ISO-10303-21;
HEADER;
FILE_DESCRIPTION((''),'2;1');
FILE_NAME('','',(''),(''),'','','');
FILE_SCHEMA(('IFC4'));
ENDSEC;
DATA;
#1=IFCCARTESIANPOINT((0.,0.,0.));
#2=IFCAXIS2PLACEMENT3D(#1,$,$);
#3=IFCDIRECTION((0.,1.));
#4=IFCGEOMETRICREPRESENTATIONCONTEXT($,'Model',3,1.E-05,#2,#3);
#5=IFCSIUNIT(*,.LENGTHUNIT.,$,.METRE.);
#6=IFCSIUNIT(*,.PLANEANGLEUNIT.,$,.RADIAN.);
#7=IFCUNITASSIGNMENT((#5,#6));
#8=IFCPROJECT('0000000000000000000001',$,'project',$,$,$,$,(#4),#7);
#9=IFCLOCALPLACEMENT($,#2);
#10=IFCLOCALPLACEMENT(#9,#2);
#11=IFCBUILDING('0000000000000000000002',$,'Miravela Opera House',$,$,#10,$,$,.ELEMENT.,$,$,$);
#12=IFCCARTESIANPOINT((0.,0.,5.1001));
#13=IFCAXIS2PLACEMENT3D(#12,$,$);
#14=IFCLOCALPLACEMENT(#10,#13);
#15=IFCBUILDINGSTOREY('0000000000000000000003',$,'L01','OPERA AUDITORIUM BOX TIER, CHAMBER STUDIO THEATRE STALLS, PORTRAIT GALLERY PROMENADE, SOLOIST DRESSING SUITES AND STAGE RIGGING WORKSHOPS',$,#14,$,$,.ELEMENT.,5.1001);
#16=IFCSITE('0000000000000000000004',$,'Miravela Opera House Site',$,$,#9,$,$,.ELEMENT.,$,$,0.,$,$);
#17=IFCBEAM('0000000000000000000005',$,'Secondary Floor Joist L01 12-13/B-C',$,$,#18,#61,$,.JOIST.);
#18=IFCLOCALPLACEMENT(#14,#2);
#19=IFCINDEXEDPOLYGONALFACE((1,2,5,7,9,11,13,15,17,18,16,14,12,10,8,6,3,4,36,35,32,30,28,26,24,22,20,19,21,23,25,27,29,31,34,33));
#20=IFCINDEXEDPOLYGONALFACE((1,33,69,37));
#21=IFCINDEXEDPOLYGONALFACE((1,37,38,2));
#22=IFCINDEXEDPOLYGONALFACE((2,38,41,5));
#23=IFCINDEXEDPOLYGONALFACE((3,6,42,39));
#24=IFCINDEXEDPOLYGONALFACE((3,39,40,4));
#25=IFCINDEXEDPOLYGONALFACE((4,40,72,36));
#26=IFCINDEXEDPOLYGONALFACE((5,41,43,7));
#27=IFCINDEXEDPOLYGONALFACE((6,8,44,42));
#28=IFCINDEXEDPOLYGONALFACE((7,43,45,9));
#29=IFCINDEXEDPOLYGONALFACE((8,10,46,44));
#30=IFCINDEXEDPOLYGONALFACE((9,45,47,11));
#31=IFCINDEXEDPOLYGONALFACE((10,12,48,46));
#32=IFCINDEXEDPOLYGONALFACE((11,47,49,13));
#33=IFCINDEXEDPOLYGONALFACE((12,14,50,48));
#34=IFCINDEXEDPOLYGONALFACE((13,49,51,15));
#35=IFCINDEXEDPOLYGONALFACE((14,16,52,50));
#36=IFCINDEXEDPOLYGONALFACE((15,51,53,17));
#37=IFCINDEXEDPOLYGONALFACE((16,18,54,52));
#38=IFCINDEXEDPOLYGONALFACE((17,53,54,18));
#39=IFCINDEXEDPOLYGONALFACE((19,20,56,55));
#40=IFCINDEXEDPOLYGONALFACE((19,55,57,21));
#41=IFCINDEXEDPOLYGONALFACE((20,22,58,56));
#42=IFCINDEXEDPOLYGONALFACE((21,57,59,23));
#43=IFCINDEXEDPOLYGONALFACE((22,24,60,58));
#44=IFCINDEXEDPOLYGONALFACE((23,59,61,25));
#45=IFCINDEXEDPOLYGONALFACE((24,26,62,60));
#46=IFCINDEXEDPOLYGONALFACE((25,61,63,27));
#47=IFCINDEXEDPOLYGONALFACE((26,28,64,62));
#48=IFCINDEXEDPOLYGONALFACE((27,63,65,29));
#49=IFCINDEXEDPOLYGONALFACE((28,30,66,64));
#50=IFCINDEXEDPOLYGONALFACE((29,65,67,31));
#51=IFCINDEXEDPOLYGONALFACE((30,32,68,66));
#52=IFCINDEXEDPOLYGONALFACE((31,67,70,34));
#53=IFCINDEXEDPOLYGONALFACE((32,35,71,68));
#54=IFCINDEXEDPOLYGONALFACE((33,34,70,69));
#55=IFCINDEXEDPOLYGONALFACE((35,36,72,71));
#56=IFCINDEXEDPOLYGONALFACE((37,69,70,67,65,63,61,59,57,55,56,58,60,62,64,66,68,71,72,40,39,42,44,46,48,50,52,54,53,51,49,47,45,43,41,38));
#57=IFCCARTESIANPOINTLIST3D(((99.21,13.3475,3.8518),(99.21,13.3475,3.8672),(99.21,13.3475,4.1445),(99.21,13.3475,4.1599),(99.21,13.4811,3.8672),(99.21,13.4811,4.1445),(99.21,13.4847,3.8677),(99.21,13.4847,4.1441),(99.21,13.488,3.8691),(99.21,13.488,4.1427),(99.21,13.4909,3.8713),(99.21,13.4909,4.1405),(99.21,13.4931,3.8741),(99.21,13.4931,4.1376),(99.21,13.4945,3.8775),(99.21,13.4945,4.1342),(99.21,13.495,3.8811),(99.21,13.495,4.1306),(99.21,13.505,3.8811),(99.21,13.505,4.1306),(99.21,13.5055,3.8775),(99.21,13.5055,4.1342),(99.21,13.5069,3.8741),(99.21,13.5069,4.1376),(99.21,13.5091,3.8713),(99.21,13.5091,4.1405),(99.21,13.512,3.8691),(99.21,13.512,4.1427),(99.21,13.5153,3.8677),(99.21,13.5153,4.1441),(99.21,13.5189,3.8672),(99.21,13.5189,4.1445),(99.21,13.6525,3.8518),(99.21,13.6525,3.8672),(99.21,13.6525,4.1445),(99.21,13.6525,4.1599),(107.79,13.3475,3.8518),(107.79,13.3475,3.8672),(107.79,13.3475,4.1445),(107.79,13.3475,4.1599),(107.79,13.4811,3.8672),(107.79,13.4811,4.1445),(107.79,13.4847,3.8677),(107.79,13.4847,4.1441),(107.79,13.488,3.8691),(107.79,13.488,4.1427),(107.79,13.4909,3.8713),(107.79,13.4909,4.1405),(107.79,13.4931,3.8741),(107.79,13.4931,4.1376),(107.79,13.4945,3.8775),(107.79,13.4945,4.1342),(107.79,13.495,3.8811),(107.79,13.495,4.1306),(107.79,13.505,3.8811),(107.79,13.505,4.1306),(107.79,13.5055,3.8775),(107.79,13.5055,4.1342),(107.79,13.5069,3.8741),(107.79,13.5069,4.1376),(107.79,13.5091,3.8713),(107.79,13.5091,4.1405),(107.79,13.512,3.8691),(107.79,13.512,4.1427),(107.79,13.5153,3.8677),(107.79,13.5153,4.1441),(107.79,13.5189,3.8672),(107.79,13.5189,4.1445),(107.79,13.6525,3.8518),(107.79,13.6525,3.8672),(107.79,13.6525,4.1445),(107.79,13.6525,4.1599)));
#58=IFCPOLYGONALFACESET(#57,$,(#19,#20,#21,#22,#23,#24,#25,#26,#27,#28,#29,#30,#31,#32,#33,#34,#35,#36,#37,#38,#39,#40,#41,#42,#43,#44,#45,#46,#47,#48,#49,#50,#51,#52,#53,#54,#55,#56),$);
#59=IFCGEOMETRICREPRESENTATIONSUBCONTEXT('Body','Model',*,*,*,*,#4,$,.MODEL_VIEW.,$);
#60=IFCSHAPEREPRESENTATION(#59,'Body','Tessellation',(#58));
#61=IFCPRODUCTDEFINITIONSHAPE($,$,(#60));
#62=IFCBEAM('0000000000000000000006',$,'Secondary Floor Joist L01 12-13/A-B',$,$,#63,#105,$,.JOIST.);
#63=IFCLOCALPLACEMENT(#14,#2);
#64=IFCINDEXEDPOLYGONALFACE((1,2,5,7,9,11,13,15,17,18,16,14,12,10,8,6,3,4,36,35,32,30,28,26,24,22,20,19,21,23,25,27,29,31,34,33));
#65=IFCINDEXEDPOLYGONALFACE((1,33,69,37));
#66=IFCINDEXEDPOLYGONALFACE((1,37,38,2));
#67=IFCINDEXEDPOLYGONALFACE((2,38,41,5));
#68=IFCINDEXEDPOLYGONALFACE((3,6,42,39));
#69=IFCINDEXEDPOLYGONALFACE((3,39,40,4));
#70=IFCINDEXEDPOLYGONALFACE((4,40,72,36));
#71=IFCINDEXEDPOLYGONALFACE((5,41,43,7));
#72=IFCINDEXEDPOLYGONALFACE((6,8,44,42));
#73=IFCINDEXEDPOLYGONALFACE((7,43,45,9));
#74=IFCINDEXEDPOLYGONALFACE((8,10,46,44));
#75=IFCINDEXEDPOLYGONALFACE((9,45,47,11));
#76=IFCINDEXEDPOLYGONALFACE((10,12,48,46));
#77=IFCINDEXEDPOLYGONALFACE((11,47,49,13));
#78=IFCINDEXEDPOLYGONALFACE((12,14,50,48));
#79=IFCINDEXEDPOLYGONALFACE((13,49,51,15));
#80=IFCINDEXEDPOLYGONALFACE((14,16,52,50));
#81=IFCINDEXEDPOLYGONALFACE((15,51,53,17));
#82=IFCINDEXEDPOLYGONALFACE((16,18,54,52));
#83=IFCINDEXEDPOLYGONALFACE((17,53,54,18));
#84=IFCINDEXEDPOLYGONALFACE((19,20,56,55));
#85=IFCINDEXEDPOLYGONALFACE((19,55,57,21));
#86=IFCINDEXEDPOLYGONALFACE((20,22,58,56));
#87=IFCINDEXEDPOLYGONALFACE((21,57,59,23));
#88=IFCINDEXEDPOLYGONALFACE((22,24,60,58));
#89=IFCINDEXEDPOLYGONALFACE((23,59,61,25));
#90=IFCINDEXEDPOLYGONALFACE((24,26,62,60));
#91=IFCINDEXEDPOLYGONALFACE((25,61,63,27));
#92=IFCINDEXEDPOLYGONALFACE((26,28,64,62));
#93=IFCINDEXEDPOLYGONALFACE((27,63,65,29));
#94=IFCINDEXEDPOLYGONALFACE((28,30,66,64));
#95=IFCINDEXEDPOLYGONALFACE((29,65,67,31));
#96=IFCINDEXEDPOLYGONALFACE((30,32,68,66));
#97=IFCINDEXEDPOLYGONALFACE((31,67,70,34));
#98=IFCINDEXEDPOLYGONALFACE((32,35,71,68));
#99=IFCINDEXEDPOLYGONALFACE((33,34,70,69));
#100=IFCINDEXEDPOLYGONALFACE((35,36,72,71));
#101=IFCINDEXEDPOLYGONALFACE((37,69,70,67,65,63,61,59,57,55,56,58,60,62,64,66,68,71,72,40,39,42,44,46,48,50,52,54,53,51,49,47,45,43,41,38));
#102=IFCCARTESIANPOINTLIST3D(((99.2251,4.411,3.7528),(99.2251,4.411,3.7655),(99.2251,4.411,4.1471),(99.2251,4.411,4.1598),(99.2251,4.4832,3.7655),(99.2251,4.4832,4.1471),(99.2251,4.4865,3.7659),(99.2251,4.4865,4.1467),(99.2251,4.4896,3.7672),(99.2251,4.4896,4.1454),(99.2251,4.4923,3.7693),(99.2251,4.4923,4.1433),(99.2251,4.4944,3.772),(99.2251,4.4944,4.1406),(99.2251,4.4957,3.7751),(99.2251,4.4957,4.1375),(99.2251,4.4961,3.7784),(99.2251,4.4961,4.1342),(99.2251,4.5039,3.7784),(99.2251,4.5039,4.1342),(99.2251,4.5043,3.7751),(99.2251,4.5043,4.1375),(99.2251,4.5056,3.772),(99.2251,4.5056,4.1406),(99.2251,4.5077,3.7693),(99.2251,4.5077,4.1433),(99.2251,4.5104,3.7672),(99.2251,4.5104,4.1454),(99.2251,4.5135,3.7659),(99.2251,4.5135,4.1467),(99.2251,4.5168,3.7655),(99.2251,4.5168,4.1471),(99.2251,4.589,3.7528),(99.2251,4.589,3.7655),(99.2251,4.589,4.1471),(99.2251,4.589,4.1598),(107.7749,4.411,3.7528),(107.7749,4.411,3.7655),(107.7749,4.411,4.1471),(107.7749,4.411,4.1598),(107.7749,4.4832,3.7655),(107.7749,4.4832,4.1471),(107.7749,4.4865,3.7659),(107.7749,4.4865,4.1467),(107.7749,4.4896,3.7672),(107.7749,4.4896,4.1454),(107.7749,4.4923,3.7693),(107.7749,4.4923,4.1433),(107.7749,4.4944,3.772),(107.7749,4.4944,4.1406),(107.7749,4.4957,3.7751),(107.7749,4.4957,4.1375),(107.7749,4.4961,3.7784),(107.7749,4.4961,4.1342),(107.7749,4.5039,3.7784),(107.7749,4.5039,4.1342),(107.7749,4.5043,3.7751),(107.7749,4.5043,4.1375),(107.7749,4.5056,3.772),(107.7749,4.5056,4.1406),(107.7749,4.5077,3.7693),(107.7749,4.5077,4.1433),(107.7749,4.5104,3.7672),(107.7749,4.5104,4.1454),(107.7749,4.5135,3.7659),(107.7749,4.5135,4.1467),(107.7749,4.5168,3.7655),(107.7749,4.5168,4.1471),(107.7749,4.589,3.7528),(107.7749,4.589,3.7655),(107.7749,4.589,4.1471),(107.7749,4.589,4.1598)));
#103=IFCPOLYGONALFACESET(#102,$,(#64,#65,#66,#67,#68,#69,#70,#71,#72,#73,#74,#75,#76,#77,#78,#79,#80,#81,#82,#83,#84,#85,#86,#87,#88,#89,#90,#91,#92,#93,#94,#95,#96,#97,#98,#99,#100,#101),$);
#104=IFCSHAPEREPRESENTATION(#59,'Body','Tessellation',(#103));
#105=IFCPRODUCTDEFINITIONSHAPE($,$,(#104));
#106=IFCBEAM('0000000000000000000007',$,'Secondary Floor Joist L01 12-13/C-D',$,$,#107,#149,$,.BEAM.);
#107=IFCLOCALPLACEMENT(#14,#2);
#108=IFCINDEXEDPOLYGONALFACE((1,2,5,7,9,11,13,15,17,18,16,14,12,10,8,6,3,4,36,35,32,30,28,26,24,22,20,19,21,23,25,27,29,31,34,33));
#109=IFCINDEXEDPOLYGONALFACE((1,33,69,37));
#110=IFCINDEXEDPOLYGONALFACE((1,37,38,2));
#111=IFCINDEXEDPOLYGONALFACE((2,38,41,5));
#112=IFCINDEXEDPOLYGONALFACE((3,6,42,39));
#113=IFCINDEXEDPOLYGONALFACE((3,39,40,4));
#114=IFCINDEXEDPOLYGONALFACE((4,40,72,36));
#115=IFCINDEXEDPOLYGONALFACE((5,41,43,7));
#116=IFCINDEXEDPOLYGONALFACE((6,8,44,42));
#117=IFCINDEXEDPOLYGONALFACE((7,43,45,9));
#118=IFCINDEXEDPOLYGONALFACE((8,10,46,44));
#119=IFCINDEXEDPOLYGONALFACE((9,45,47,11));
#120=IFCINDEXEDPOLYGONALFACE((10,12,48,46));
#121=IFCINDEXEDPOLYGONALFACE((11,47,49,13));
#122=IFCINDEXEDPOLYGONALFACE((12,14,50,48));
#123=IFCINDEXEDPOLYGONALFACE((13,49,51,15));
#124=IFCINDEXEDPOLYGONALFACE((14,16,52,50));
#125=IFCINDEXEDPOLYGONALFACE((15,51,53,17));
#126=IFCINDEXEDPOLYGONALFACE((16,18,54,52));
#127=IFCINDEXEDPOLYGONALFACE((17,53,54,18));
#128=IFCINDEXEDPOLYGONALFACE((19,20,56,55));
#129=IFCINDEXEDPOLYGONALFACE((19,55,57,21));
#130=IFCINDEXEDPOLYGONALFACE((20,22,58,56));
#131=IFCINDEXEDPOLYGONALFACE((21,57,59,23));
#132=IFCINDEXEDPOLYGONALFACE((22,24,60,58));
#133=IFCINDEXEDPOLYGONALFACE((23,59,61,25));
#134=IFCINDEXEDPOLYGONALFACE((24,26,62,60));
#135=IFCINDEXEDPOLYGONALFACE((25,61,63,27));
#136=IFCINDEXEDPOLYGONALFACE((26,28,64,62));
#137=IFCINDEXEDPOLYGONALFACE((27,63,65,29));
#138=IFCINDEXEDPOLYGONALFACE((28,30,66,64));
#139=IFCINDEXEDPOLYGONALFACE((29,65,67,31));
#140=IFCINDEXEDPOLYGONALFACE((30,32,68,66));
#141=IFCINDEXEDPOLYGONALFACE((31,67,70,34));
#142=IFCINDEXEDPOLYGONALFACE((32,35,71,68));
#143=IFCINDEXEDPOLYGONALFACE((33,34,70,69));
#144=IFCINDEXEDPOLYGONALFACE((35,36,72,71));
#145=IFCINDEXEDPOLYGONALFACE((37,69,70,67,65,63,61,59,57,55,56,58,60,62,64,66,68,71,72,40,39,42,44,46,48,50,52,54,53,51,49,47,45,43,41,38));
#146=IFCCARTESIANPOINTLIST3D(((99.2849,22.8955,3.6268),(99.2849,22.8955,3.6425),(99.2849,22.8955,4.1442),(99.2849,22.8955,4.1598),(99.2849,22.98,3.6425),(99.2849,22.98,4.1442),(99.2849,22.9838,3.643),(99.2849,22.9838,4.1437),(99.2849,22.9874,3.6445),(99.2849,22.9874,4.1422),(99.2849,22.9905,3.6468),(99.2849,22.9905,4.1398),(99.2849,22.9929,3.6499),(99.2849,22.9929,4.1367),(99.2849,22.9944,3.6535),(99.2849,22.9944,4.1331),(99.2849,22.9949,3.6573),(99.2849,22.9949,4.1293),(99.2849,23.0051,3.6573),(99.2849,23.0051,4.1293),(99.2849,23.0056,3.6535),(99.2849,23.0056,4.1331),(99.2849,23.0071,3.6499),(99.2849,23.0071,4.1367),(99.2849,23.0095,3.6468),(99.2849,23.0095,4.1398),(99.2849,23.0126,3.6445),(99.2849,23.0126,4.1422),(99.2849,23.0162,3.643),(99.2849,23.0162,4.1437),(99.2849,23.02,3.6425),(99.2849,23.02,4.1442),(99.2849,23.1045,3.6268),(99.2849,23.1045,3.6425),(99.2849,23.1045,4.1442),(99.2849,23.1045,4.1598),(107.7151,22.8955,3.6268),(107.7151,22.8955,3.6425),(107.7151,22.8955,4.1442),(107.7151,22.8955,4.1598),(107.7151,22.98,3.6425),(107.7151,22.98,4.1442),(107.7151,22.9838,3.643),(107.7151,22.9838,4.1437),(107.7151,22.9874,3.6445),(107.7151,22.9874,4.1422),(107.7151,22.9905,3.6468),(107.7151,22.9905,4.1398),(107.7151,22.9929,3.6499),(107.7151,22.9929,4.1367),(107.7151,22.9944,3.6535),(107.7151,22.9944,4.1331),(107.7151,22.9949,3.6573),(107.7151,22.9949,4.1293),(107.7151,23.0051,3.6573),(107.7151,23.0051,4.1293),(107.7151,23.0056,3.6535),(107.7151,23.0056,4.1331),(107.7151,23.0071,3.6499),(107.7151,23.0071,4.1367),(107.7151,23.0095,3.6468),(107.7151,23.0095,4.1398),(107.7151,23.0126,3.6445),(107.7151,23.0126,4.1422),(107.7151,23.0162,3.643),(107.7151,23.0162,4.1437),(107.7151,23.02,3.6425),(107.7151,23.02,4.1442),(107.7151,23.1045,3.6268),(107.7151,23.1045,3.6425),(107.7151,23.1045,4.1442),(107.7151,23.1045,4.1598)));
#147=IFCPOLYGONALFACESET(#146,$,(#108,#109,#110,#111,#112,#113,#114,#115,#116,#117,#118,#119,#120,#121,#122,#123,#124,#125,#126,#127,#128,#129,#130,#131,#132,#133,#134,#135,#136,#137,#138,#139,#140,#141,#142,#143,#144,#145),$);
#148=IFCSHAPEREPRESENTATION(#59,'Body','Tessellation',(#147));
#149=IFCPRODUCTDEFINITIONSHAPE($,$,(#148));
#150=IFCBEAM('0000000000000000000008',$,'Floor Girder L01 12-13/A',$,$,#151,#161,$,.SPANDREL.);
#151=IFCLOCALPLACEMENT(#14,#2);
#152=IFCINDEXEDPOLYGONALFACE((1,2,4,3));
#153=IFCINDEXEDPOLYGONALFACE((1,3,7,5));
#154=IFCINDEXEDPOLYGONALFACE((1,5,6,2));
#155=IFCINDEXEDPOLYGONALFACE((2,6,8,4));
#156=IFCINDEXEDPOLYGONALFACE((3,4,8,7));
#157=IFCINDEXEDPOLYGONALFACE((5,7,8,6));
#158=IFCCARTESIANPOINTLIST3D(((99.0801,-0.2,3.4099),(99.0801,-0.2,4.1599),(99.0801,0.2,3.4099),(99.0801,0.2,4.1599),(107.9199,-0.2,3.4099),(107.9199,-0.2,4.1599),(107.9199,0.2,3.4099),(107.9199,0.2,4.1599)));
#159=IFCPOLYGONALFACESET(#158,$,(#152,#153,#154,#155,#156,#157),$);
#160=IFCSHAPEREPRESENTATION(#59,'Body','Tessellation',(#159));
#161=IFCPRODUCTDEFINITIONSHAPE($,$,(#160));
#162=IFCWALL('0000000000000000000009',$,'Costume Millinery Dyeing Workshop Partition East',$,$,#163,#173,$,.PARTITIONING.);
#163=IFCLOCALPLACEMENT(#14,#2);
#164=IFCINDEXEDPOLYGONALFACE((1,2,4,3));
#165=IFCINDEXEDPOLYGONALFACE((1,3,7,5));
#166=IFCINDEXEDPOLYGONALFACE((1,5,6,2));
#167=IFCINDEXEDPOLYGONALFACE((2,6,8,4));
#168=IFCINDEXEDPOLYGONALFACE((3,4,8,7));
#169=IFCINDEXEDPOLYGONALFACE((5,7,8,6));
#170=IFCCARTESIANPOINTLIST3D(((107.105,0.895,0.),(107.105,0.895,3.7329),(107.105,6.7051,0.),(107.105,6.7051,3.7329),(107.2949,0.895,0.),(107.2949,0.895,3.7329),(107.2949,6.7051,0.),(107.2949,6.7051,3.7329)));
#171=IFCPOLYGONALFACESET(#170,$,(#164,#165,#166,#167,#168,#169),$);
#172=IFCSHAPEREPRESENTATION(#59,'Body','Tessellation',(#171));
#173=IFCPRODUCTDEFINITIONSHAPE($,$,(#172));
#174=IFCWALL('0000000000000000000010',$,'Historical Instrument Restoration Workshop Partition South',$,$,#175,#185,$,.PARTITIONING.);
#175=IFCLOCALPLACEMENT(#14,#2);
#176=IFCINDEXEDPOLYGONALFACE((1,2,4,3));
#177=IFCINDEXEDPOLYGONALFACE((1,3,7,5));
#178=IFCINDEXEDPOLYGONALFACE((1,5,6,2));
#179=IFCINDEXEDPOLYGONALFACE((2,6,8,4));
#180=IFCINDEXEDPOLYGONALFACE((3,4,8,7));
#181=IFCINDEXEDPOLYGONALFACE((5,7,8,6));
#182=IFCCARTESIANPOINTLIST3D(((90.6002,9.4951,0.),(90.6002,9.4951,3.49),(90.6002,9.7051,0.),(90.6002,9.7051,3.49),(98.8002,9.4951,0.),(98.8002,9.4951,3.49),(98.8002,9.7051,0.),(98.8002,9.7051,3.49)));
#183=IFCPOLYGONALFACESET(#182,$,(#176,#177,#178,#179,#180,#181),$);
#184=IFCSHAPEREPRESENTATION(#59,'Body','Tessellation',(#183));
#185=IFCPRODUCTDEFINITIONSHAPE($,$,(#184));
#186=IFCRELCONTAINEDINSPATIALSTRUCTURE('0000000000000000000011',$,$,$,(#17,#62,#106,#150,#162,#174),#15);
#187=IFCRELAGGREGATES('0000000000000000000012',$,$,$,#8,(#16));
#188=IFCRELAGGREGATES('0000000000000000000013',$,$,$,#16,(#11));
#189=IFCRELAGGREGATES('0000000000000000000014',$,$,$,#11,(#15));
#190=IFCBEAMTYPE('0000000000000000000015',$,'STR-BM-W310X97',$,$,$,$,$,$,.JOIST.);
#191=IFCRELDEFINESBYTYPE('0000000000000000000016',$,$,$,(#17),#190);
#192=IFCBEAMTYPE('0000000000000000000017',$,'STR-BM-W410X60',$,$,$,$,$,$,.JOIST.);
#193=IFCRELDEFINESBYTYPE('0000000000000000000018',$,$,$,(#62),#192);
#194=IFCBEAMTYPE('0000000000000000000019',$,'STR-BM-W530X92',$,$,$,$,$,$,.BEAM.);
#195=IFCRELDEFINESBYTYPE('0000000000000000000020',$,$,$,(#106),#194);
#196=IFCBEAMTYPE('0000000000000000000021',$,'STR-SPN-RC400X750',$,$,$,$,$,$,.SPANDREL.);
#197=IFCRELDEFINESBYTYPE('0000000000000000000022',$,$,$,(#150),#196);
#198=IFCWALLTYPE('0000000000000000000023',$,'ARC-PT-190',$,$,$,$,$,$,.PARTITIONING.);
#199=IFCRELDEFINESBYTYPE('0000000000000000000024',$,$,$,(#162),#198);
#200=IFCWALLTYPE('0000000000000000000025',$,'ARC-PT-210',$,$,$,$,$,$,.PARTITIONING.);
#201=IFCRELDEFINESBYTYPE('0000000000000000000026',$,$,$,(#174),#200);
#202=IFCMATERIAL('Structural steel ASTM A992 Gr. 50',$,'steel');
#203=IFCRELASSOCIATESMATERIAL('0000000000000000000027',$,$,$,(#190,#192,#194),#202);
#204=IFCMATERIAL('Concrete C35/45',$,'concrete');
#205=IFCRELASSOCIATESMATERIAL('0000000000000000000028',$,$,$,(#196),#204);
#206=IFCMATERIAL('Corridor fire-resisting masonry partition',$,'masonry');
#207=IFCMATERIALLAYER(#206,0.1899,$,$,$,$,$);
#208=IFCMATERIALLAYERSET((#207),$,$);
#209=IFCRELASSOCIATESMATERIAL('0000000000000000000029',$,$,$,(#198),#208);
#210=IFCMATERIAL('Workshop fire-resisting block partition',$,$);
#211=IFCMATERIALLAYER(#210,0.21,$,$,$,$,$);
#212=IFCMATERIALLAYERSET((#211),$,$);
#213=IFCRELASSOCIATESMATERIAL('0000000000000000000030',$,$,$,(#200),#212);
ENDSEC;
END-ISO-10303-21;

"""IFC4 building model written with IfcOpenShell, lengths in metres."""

from ifc_helpers import new_model, si_unit, direction, frame, frame_2d, origin, origin_2d, place, context, subcontext, project, spatial, rectangle, i_section, extrude, material, layer, layer_set, material_profile, profile_set, type_object, element, save


model = new_model("IFC4")

# Units and contexts
model_context = context("Model", 3, precision=1e-05, world=origin(), true_north=direction((0.0, 1.0)))
body_context = subcontext(model_context, "Body", "Model", "MODEL_VIEW")
ifc_project = project(units=[si_unit("LENGTHUNIT", "METRE"), si_unit("PLANEANGLEUNIT", "RADIAN")], contexts=[model_context])

# Site, building, storey
site_placement = place(None, origin())
site = spatial("IfcSite", under=ifc_project, at=site_placement, Name="Miravela Opera House Site", CompositionType="ELEMENT", RefElevation=0.0)
building_placement = place(site_placement, origin())
building = spatial("IfcBuilding", under=site, at=building_placement, Name="Miravela Opera House", CompositionType="ELEMENT")
storey_placement = place(building_placement, frame((0.0, 0.0, 5.1001)))
storey = spatial("IfcBuildingStorey", under=building, at=storey_placement, Name="L01", Description="OPERA AUDITORIUM BOX TIER, CHAMBER STUDIO THEATRE STALLS, PORTRAIT GALLERY PROMENADE, SOLOIST DRESSING SUITES AND STAGE RIGGING WORKSHOPS", CompositionType="ELEMENT", Elevation=5.1001)

# Shared definitions
ifc_material_1 = material(Name="Concrete C35/45", Category="concrete")

# Beams
ifc_material_2 = material(Name="Structural steel ASTM A992 Gr. 50", Category="steel")
ifc_material_profile_1 = material_profile(ifc_material_2, i_section(OverallWidth=0.3049, OverallDepth=0.3081, WebThickness=0.01, FlangeThickness=0.0154, FilletRadius=0.0139, at=origin_2d()), Name="W310X97")
ifc_profile_set_1 = profile_set([ifc_material_profile_1])
beam_type_1 = type_object("IfcBeamType", Name="STR-BM-W310X97", PredefinedType="JOIST", material=ifc_profile_set_1)
beam_1_placement = place(storey_placement, frame((99.21, 13.5, 4.0059), z_axis=(1.0, 0.0, 0.0), x_axis=(0.0, 1.0, 0.0)))
element("IfcBeam", 1, at=beam_1_placement, inside=storey, type_object=beam_type_1, Name="Secondary Floor Joist L01 12-13/B-C", PredefinedType="JOIST", context=body_context, shape_type="SweptSolid", body=[
    extrude(i_section(OverallWidth=0.3049, OverallDepth=0.3081, WebThickness=0.01, FlangeThickness=0.0154, FilletRadius=0.0139, at=origin_2d()), origin(), (0.0, 0.0, 1.0), 8.5801),
])
ifc_material_profile_2 = material_profile(ifc_material_2, i_section(OverallWidth=0.178, OverallDepth=0.407, WebThickness=0.0078, FlangeThickness=0.0127, FilletRadius=0.0129, at=origin_2d()), Name="W410X60")
ifc_profile_set_2 = profile_set([ifc_material_profile_2])
beam_type_2 = type_object("IfcBeamType", Name="STR-BM-W410X60", PredefinedType="JOIST", material=ifc_profile_set_2)
beam_2_placement = place(storey_placement, frame((99.2251, 4.5, 3.9563), z_axis=(1.0, 0.0, 0.0), x_axis=(0.0, 1.0, 0.0)))
element("IfcBeam", 2, at=beam_2_placement, inside=storey, type_object=beam_type_2, Name="Secondary Floor Joist L01 12-13/A-B", PredefinedType="JOIST", context=body_context, shape_type="SweptSolid", body=[
    extrude(i_section(OverallWidth=0.178, OverallDepth=0.407, WebThickness=0.0078, FlangeThickness=0.0127, FilletRadius=0.0129, at=origin_2d()), origin(), (0.0, 0.0, 1.0), 8.5498),
])
ifc_material_profile_3 = material_profile(ifc_material_2, i_section(OverallWidth=0.209, OverallDepth=0.533, WebThickness=0.0103, FlangeThickness=0.0156, FilletRadius=0.0149, at=origin_2d()), Name="W530X92")
ifc_profile_set_3 = profile_set([ifc_material_profile_3])
beam_type_3 = type_object("IfcBeamType", Name="STR-BM-W530X92", PredefinedType="BEAM", material=ifc_profile_set_3)
beam_3_placement = place(storey_placement, frame((99.2849, 23.0, 3.8933), z_axis=(1.0, 0.0, 0.0), x_axis=(0.0, 1.0, 0.0)))
element("IfcBeam", 3, at=beam_3_placement, inside=storey, type_object=beam_type_3, Name="Secondary Floor Joist L01 12-13/C-D", PredefinedType="BEAM", context=body_context, shape_type="SweptSolid", body=[
    extrude(i_section(OverallWidth=0.209, OverallDepth=0.533, WebThickness=0.0103, FlangeThickness=0.0156, FilletRadius=0.0149, at=origin_2d()), origin(), (0.0, 0.0, 1.0), 8.4302),
])
ifc_material_profile_4 = material_profile(ifc_material_1, rectangle(XDim=0.3999, YDim=0.75, at=origin_2d()), Name="RC-SPN-400X750")
ifc_profile_set_4 = profile_set([ifc_material_profile_4])
beam_type_4 = type_object("IfcBeamType", Name="STR-SPN-RC400X750", PredefinedType="SPANDREL", material=ifc_profile_set_4)
beam_4_placement = place(storey_placement, frame((99.0801, 0.0, 3.7849), z_axis=(1.0, 0.0, 0.0), x_axis=(0.0, 1.0, 0.0)))
element("IfcBeam", 4, at=beam_4_placement, inside=storey, type_object=beam_type_4, Name="Floor Girder L01 12-13/A", PredefinedType="SPANDREL", context=body_context, shape_type="SweptSolid", body=[
    extrude(rectangle(XDim=0.3999, YDim=0.75, at=origin_2d()), origin(), (0.0, 0.0, 1.0), 8.8398),
])

# Walls
ifc_material_3 = material(Name="Corridor fire-resisting masonry partition", Category="masonry")
ifc_layer_1 = layer(ifc_material_3, 0.1899)
ifc_layer_set_1 = layer_set([ifc_layer_1])
wall_type_1 = type_object("IfcWallType", Name="ARC-PT-190", PredefinedType="PARTITIONING", material=ifc_layer_set_1)
wall_1_placement = place(storey_placement, frame((107.2, 0.895, 0.0), z_axis=(0.0, 0.0, 1.0), x_axis=(0.0, 1.0, 0.0)))
element("IfcWall", 5, at=wall_1_placement, inside=storey, type_object=wall_type_1, Name="Costume Millinery Dyeing Workshop Partition East", PredefinedType="PARTITIONING", context=body_context, shape_type="SweptSolid", body=[
    extrude(rectangle(XDim=5.8101, YDim=0.1899, at=frame_2d((2.905, 0.0))), origin(), (0.0, 0.0, 1.0), 3.7329),
])
ifc_material_4 = material(Name="Workshop fire-resisting block partition")
ifc_layer_2 = layer(ifc_material_4, 0.21)
ifc_layer_set_2 = layer_set([ifc_layer_2])
wall_type_2 = type_object("IfcWallType", Name="ARC-PT-210", PredefinedType="PARTITIONING", material=ifc_layer_set_2)
wall_2_placement = place(storey_placement, frame((90.6001, 9.6001, 0.0), z_axis=(0.0, 0.0, 1.0), x_axis=(1.0, 0.0, 0.0)))
element("IfcWall", 6, at=wall_2_placement, inside=storey, type_object=wall_type_2, Name="Historical Instrument Restoration Workshop Partition South", PredefinedType="PARTITIONING", context=body_context, shape_type="SweptSolid", body=[
    extrude(rectangle(XDim=8.2, YDim=0.21, at=frame_2d((4.1001, 0.0))), origin(), (0.0, 0.0, 1.0), 3.49),
])

save(model, "model.ifc")
